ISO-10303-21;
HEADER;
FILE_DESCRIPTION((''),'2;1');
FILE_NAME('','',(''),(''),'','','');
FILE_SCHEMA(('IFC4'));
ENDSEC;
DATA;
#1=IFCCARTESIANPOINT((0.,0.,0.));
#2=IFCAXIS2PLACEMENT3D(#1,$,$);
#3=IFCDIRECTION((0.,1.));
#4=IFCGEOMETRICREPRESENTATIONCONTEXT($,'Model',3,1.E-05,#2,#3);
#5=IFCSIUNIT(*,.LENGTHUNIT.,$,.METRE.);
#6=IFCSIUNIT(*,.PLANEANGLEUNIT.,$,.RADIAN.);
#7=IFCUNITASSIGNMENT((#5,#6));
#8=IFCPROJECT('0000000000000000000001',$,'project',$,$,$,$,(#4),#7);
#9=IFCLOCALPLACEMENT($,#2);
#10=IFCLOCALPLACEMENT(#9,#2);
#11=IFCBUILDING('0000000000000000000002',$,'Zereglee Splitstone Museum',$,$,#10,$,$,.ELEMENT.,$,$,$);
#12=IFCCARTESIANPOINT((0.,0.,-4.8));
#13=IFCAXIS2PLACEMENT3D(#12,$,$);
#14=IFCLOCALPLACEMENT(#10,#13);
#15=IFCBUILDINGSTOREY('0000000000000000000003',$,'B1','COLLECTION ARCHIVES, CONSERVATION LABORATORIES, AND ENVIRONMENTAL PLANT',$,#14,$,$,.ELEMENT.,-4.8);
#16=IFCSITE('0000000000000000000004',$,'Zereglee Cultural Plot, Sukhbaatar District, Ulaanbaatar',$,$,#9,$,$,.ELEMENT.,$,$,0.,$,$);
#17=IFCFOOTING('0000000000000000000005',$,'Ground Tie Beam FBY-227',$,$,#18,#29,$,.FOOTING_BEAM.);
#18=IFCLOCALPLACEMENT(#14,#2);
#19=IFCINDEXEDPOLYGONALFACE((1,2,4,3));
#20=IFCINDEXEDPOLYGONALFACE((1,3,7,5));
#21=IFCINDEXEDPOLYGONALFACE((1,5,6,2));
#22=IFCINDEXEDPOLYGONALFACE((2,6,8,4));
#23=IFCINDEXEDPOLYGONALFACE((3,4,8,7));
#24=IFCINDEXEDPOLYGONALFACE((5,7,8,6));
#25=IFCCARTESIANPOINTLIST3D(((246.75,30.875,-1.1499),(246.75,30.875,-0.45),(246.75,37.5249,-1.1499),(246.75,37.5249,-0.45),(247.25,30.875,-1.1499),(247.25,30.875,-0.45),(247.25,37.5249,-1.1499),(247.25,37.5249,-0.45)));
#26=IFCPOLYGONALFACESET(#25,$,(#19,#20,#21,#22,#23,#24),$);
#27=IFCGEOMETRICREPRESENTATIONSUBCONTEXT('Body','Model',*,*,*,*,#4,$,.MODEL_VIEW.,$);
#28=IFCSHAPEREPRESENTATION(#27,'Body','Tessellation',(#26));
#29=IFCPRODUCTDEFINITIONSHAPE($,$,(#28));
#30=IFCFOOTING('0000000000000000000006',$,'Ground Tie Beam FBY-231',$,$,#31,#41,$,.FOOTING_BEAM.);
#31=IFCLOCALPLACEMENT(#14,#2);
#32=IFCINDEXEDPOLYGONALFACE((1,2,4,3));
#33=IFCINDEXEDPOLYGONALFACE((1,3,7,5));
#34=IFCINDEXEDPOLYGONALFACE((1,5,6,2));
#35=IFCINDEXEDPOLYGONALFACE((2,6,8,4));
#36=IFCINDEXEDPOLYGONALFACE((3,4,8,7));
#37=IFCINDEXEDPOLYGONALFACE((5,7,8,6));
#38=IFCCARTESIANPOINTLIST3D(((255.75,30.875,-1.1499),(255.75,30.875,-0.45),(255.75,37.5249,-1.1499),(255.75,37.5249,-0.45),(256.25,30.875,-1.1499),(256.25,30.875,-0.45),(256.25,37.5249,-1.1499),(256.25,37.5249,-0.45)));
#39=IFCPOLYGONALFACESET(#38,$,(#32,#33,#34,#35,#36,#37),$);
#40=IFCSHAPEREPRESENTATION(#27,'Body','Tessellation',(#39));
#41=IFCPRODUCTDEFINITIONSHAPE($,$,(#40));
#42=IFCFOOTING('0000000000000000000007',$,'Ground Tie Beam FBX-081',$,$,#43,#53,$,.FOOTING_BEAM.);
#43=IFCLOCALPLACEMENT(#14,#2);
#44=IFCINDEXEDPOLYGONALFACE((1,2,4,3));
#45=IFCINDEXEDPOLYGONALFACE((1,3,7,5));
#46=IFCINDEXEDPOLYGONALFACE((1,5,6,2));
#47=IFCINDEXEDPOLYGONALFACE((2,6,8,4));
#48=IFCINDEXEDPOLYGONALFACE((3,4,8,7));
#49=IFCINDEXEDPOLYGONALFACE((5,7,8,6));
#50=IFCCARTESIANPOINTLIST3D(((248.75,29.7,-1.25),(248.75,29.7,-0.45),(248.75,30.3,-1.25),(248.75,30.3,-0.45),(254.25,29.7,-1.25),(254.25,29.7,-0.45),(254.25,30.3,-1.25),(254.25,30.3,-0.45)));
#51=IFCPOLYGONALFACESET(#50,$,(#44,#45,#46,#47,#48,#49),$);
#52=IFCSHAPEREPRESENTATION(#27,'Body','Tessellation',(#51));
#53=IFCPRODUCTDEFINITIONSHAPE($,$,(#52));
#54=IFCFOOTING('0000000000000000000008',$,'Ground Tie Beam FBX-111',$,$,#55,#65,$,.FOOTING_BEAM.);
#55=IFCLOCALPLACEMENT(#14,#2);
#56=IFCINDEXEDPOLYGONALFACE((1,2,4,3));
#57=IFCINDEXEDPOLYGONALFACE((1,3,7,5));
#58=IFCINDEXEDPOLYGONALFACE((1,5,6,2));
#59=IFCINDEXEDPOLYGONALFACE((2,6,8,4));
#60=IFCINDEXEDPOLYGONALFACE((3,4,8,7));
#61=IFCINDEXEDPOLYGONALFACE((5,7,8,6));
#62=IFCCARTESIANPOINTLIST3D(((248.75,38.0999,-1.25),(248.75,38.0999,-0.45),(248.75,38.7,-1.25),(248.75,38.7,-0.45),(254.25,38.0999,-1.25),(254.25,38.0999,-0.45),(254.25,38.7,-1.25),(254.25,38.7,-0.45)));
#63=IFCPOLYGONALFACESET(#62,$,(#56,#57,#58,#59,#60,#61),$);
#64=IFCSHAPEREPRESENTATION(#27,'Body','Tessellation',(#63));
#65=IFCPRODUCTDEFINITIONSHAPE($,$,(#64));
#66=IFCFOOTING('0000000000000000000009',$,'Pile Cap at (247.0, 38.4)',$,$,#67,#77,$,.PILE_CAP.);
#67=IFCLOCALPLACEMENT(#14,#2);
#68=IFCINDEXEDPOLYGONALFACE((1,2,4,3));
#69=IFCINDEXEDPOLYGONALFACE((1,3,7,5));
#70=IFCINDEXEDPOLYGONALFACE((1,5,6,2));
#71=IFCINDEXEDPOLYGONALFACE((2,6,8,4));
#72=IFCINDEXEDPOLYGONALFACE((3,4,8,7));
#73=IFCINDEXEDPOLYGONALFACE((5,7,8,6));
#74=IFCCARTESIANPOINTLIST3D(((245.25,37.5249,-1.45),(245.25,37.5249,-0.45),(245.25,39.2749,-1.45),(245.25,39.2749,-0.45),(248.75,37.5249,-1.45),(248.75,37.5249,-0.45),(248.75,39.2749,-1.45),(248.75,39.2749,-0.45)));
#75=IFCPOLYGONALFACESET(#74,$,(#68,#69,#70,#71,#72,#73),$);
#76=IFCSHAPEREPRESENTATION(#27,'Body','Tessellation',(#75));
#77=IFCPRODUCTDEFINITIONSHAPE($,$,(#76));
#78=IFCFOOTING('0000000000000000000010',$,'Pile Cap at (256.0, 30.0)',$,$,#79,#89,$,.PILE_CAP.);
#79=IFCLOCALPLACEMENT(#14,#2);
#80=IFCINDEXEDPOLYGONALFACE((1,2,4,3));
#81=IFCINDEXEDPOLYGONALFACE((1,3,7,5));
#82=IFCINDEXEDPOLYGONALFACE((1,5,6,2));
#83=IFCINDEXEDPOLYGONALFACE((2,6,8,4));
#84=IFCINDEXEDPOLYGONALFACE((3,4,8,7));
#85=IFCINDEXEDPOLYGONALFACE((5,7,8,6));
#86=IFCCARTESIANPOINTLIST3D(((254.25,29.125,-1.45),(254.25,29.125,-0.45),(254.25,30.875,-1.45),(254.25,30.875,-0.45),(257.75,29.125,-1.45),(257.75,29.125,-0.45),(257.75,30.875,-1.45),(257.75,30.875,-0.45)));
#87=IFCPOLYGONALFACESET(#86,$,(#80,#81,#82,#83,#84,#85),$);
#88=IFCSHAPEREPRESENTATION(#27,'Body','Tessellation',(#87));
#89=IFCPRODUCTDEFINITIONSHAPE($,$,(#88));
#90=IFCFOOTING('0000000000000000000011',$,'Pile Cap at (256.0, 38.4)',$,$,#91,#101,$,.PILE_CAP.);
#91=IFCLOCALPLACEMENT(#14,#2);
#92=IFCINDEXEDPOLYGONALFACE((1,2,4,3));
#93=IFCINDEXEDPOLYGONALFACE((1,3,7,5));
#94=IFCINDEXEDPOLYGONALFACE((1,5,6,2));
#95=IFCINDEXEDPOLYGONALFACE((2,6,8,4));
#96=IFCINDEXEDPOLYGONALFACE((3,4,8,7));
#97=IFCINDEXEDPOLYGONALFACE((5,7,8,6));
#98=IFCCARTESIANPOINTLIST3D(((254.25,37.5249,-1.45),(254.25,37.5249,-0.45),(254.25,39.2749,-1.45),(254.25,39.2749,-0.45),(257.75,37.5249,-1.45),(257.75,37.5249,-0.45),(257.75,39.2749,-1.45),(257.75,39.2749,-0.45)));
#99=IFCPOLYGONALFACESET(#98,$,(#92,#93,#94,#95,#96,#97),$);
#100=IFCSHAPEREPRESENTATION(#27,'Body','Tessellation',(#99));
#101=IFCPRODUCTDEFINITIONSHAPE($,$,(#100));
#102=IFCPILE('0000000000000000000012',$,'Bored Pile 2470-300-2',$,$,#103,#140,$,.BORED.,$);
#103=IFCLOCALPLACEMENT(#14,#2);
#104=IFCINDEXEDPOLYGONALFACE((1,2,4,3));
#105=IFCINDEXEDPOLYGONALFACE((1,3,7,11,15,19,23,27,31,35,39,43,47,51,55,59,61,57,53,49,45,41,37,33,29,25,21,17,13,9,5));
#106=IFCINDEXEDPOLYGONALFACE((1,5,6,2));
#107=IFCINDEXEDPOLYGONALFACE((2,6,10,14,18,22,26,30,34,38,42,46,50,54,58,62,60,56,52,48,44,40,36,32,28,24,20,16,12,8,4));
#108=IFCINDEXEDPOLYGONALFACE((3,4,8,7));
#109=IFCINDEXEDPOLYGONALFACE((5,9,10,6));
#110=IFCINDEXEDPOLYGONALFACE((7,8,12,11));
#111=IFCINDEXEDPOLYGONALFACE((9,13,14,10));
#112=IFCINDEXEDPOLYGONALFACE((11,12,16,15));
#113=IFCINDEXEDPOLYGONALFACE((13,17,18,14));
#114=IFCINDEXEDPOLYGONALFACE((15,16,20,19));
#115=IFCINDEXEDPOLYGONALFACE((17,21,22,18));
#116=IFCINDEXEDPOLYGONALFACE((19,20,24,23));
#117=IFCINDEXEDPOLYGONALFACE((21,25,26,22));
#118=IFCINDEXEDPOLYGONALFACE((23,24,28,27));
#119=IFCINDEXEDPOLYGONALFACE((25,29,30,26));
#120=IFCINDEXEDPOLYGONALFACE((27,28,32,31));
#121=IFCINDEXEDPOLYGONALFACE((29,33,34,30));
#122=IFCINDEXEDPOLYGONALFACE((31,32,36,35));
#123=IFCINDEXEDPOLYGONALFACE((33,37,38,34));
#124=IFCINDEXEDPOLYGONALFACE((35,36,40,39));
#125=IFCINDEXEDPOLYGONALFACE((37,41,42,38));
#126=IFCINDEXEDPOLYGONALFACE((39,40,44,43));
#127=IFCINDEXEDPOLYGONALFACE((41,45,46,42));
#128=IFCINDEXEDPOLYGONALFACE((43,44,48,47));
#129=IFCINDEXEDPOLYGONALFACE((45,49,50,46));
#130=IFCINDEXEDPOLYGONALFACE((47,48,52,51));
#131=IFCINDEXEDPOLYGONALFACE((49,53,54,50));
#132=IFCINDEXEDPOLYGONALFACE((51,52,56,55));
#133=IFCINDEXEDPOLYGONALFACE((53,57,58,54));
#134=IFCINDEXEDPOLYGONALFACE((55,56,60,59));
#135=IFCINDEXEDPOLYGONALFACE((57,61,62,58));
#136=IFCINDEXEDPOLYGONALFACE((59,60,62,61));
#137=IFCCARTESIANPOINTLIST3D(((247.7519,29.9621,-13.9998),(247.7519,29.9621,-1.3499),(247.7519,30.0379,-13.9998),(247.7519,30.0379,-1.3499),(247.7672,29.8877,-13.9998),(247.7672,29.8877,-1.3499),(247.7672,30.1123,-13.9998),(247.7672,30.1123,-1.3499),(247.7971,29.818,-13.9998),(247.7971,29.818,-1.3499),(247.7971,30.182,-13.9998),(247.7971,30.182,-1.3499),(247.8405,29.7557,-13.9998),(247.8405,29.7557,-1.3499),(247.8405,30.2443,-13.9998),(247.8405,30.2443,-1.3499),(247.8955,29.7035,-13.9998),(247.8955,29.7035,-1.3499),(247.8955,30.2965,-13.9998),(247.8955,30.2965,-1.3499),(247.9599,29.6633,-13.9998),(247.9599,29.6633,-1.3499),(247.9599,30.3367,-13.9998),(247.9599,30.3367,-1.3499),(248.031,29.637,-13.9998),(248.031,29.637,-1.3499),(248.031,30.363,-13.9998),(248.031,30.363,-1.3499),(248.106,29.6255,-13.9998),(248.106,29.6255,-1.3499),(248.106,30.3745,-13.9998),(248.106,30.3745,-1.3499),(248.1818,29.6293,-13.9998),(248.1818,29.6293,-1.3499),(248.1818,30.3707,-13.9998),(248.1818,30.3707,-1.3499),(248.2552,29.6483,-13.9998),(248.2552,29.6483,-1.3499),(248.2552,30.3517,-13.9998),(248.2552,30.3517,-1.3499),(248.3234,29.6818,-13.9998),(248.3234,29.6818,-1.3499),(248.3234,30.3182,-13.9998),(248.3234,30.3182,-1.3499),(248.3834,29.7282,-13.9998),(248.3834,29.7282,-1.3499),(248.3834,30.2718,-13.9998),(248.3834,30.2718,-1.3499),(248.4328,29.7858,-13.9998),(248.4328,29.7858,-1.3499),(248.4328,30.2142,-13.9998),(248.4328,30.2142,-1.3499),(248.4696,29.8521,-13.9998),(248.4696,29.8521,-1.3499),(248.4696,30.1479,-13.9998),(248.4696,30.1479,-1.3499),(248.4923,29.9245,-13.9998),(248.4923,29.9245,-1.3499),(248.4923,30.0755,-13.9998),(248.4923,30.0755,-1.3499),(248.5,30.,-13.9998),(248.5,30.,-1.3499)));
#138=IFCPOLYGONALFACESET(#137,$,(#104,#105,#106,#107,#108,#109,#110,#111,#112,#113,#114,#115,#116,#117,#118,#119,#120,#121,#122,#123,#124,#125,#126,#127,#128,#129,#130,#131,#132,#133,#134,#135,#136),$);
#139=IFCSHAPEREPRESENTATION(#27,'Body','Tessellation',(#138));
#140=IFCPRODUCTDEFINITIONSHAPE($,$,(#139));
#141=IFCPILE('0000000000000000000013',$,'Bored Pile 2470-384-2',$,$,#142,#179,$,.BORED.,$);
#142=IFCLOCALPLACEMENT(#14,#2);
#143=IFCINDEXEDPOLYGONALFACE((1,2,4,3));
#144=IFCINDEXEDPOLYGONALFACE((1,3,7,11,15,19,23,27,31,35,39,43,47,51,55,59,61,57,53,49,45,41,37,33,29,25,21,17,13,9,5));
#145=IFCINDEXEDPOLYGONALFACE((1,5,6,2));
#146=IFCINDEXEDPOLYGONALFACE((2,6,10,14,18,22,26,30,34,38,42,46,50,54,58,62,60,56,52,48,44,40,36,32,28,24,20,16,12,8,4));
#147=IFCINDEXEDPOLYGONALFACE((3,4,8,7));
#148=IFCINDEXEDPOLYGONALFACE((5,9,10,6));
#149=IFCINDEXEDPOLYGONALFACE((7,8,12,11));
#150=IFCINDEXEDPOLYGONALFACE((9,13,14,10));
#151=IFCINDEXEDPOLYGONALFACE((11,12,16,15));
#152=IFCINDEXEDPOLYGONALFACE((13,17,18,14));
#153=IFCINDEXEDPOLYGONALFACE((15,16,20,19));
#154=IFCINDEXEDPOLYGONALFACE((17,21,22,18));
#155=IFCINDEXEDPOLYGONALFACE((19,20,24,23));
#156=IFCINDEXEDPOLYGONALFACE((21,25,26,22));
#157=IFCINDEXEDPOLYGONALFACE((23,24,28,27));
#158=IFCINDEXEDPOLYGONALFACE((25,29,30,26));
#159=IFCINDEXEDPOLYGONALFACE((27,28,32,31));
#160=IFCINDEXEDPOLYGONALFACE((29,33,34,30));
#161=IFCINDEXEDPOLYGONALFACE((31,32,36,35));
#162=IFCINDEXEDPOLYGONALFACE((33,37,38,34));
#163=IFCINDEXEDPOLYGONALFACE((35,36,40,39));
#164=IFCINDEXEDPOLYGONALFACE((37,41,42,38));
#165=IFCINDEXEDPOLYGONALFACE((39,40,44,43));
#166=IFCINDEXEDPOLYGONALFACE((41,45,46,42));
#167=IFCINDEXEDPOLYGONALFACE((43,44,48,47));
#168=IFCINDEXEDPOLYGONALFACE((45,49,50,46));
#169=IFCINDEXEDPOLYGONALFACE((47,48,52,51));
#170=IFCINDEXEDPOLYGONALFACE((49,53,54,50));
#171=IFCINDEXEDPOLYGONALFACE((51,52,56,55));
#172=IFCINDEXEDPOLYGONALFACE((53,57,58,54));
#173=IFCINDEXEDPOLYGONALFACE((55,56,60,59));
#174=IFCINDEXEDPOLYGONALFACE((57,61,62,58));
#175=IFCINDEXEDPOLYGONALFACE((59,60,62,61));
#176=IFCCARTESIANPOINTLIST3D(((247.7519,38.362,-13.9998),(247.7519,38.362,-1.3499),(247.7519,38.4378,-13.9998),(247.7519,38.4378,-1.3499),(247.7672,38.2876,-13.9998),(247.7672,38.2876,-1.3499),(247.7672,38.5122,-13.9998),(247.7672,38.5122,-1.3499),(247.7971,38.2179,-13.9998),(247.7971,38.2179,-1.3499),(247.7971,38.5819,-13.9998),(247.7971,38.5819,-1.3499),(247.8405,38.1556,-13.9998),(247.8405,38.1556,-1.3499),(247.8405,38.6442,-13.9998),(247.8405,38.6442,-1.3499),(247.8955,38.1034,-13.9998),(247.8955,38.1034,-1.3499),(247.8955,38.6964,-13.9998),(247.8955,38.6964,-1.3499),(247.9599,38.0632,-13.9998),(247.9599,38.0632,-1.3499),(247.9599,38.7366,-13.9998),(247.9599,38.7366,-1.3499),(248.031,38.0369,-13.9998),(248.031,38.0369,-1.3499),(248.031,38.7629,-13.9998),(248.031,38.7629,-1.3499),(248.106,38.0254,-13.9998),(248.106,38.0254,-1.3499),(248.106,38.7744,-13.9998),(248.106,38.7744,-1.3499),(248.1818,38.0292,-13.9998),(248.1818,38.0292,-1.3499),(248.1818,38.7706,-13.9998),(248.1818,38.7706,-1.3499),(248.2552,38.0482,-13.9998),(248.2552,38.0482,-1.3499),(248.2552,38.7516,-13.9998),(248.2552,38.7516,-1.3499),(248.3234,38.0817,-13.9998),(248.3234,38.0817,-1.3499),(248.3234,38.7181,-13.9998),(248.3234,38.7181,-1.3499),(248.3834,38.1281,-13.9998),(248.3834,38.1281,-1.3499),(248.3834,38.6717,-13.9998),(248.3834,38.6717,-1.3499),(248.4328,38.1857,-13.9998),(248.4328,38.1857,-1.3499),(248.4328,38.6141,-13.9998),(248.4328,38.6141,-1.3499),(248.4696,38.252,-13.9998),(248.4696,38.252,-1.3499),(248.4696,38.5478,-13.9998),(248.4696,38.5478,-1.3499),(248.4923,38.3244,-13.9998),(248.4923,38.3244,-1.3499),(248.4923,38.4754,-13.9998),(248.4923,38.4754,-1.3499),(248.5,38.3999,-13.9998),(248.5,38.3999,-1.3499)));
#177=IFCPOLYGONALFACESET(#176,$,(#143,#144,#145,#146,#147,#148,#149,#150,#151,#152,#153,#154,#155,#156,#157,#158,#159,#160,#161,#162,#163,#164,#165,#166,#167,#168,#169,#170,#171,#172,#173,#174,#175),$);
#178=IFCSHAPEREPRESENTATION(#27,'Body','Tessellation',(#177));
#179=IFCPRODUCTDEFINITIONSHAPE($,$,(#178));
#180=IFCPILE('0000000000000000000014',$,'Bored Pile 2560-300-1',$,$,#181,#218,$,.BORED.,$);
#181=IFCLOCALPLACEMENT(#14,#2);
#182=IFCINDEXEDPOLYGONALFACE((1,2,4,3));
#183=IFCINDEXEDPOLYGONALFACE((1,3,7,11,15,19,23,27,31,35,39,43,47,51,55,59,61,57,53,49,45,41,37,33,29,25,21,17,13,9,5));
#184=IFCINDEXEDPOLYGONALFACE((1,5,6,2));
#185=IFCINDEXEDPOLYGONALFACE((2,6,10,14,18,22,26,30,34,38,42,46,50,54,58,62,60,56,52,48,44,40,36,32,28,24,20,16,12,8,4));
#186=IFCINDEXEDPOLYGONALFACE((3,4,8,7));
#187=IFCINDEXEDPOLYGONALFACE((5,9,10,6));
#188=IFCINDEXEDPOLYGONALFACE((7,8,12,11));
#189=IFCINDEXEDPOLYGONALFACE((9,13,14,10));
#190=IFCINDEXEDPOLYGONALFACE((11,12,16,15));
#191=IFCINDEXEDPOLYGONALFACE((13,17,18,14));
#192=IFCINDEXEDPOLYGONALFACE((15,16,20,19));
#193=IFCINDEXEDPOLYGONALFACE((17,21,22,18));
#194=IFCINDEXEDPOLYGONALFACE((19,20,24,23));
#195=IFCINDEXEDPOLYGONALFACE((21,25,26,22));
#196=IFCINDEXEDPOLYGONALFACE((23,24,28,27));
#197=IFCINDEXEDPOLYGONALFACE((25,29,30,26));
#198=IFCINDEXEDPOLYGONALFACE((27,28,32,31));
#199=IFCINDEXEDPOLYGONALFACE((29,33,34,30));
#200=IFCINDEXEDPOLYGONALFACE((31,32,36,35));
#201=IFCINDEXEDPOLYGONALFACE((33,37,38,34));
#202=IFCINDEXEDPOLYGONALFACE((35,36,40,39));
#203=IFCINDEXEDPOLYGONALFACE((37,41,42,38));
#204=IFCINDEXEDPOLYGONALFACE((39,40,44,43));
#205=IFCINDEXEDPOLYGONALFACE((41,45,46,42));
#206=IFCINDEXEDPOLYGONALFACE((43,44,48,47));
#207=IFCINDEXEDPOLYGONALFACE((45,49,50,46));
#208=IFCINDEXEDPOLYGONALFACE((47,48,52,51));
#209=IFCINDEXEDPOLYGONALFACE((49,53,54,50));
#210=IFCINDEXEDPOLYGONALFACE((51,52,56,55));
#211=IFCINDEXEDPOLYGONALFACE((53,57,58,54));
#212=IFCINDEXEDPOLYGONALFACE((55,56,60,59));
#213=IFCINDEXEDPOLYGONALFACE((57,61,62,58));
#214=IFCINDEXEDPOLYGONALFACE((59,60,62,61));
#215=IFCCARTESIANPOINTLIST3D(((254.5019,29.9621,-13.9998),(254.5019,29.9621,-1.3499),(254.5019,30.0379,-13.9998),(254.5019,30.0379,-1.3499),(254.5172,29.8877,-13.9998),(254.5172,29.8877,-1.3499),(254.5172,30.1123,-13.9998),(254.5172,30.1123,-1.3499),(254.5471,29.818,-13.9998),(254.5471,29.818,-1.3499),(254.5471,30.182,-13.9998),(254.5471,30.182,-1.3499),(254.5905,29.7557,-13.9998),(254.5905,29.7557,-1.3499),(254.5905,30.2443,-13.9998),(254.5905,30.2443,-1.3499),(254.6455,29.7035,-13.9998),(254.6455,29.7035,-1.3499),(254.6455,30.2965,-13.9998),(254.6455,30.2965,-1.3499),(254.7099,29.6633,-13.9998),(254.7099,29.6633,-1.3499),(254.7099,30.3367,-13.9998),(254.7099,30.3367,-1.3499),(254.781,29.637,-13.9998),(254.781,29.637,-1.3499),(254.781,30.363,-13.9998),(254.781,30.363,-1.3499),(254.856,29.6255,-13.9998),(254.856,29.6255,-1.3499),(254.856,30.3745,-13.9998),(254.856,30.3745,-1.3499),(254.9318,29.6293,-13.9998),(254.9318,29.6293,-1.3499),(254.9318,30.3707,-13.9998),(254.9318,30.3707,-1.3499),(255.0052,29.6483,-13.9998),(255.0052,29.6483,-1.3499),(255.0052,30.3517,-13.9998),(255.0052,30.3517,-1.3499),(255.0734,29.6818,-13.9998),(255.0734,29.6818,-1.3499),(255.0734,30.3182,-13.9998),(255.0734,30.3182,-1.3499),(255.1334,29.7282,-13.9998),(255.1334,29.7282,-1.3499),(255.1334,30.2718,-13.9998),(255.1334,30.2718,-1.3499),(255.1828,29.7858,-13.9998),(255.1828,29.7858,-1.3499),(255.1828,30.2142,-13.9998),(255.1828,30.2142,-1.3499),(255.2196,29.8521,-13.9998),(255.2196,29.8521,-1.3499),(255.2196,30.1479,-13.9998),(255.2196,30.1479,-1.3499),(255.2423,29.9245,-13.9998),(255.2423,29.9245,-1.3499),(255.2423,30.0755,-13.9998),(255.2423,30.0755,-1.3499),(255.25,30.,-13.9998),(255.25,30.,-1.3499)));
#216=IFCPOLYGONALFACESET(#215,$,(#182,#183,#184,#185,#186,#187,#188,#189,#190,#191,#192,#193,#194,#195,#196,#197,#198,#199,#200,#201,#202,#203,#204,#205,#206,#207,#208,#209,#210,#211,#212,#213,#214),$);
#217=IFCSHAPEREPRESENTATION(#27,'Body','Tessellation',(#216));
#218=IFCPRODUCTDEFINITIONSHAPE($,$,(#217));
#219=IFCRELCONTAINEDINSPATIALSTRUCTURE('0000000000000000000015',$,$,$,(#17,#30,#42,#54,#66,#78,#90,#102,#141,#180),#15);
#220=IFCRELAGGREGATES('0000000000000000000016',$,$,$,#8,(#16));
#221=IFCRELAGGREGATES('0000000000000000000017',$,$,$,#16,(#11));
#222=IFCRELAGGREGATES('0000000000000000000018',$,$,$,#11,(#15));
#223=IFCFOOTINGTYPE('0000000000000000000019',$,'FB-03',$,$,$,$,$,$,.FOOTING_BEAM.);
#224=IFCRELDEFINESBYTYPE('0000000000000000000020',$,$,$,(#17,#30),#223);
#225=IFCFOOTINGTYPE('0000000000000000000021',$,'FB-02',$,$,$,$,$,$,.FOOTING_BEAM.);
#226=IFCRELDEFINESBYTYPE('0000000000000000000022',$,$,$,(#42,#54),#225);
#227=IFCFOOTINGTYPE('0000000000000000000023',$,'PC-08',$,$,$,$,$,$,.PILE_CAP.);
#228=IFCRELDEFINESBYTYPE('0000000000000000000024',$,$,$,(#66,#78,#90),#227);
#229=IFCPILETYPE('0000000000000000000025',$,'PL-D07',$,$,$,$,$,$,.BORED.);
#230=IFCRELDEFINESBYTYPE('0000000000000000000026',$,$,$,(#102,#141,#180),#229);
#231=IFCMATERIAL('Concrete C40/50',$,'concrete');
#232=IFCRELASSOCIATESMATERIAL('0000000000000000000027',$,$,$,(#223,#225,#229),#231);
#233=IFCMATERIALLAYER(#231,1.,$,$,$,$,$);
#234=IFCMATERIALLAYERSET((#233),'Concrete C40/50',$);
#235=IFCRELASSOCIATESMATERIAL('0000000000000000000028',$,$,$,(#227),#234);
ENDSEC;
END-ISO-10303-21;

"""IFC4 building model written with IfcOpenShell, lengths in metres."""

from ifc_helpers import new_model, si_unit, direction, frame, origin, origin_2d, place, context, subcontext, project, spatial, rectangle, circle, extrude, material, layer, layer_set, material_profile, profile_set, type_object, element, save


model = new_model("IFC4")

# Units and contexts
model_context = context("Model", 3, precision=1e-05, world=origin(), true_north=direction((0.0, 1.0)))
body_context = subcontext(model_context, "Body", "Model", "MODEL_VIEW")
ifc_project = project(units=[si_unit("LENGTHUNIT", "METRE"), si_unit("PLANEANGLEUNIT", "RADIAN")], contexts=[model_context])

# Site, building, storey
site_placement = place(None, origin())
site = spatial("IfcSite", under=ifc_project, at=site_placement, Name="Zereglee Cultural Plot, Sukhbaatar District, Ulaanbaatar", CompositionType="ELEMENT", RefElevation=0.0)
building_placement = place(site_placement, origin())
building = spatial("IfcBuilding", under=site, at=building_placement, Name="Zereglee Splitstone Museum", CompositionType="ELEMENT")
storey_placement = place(building_placement, frame((0.0, 0.0, -4.8)))
storey = spatial("IfcBuildingStorey", under=building, at=storey_placement, Name="B1", Description="COLLECTION ARCHIVES, CONSERVATION LABORATORIES, AND ENVIRONMENTAL PLANT", CompositionType="ELEMENT", Elevation=-4.8)

# Footings
ifc_material_1 = material(Name="Concrete C40/50", Category="concrete")
footing_type_1 = type_object("IfcFootingType", Name="FB-03", PredefinedType="FOOTING_BEAM", material=ifc_material_1)
for number, where, z_axis, x_axis, name in (
    (1, (247.0, 34.2, -1.1499), (0.0, 0.0, 1.0), (0.0, 1.0, 0.0), "Ground Tie Beam FBY-227"),
    (2, (256.0, 34.2, -1.1499), (0.0, 0.0, 1.0), (0.0, 1.0, 0.0), "Ground Tie Beam FBY-231"),
):
    element("IfcFooting", number, at=place(storey_placement, frame(where, z_axis=z_axis, x_axis=x_axis)), inside=storey, type_object=footing_type_1, Name=name, PredefinedType="FOOTING_BEAM", context=body_context, shape_type="SweptSolid", body=[
        extrude(rectangle(XDim=6.6499, YDim=0.5, at=origin_2d()), origin(), (0.0, 0.0, 1.0), 0.7),
    ])
footing_type_2 = type_object("IfcFootingType", Name="FB-02", PredefinedType="FOOTING_BEAM", material=ifc_material_1)
for number, where, z_axis, x_axis, name in (
    (3, (251.5, 30.0, -1.25), (0.0, 0.0, 1.0), (1.0, 0.0, 0.0), "Ground Tie Beam FBX-081"),
    (4, (251.5, 38.3999, -1.25), (0.0, 0.0, 1.0), (1.0, 0.0, 0.0), "Ground Tie Beam FBX-111"),
):
    element("IfcFooting", number, at=place(storey_placement, frame(where, z_axis=z_axis, x_axis=x_axis)), inside=storey, type_object=footing_type_2, Name=name, PredefinedType="FOOTING_BEAM", context=body_context, shape_type="SweptSolid", body=[
        extrude(rectangle(XDim=5.5, YDim=0.6001, at=origin_2d()), origin(), (0.0, 0.0, 1.0), 0.8),
    ])
ifc_layer_1 = layer(ifc_material_1, 1.0)
ifc_layer_set_1 = layer_set([ifc_layer_1], Name="Concrete C40/50")
footing_type_3 = type_object("IfcFootingType", Name="PC-08", PredefinedType="PILE_CAP", material=ifc_layer_set_1)
for number, where, z_axis, x_axis, name in (
    (5, (247.0, 38.3999, -1.45), (0.0, 0.0, 1.0), (1.0, 0.0, 0.0), "Pile Cap at (247.0, 38.4)"),
    (6, (256.0, 30.0, -1.45), (0.0, 0.0, 1.0), (1.0, 0.0, 0.0), "Pile Cap at (256.0, 30.0)"),
    (7, (256.0, 38.3999, -1.45), (0.0, 0.0, 1.0), (1.0, 0.0, 0.0), "Pile Cap at (256.0, 38.4)"),
):
    element("IfcFooting", number, at=place(storey_placement, frame(where, z_axis=z_axis, x_axis=x_axis)), inside=storey, type_object=footing_type_3, Name=name, PredefinedType="PILE_CAP", context=body_context, shape_type="SweptSolid", body=[
        extrude(rectangle(XDim=3.5, YDim=1.75, at=origin_2d()), origin(), (0.0, 0.0, 1.0), 1.0),
    ])

# Piles
ifc_material_profile_1 = material_profile(ifc_material_1, circle(Radius=0.375, at=origin_2d()), Name="PILE D750")
ifc_profile_set_1 = profile_set([ifc_material_profile_1], Name="Concrete C40/50")
pile_type = type_object("IfcPileType", Name="PL-D07", PredefinedType="BORED", material=ifc_profile_set_1)
for number, where, z_axis, x_axis, name in (
    (8, (248.125, 30.0, -1.3499), (0.0, 0.0, -1.0), (1.0, 0.0, 0.0), "Bored Pile 2470-300-2"),
    (9, (248.125, 38.3999, -1.3499), (0.0, 0.0, -1.0), (1.0, 0.0, 0.0), "Bored Pile 2470-384-2"),
    (10, (254.875, 30.0, -1.3499), (0.0, 0.0, -1.0), (1.0, 0.0, 0.0), "Bored Pile 2560-300-1"),
):
    element("IfcPile", number, at=place(storey_placement, frame(where, z_axis=z_axis, x_axis=x_axis)), inside=storey, type_object=pile_type, Name=name, PredefinedType="BORED", context=body_context, shape_type="SweptSolid", body=[
        extrude(circle(Radius=0.375, at=origin_2d()), origin(), (0.0, 0.0, 1.0), 12.6499),
    ])

save(model, "model.ifc")
